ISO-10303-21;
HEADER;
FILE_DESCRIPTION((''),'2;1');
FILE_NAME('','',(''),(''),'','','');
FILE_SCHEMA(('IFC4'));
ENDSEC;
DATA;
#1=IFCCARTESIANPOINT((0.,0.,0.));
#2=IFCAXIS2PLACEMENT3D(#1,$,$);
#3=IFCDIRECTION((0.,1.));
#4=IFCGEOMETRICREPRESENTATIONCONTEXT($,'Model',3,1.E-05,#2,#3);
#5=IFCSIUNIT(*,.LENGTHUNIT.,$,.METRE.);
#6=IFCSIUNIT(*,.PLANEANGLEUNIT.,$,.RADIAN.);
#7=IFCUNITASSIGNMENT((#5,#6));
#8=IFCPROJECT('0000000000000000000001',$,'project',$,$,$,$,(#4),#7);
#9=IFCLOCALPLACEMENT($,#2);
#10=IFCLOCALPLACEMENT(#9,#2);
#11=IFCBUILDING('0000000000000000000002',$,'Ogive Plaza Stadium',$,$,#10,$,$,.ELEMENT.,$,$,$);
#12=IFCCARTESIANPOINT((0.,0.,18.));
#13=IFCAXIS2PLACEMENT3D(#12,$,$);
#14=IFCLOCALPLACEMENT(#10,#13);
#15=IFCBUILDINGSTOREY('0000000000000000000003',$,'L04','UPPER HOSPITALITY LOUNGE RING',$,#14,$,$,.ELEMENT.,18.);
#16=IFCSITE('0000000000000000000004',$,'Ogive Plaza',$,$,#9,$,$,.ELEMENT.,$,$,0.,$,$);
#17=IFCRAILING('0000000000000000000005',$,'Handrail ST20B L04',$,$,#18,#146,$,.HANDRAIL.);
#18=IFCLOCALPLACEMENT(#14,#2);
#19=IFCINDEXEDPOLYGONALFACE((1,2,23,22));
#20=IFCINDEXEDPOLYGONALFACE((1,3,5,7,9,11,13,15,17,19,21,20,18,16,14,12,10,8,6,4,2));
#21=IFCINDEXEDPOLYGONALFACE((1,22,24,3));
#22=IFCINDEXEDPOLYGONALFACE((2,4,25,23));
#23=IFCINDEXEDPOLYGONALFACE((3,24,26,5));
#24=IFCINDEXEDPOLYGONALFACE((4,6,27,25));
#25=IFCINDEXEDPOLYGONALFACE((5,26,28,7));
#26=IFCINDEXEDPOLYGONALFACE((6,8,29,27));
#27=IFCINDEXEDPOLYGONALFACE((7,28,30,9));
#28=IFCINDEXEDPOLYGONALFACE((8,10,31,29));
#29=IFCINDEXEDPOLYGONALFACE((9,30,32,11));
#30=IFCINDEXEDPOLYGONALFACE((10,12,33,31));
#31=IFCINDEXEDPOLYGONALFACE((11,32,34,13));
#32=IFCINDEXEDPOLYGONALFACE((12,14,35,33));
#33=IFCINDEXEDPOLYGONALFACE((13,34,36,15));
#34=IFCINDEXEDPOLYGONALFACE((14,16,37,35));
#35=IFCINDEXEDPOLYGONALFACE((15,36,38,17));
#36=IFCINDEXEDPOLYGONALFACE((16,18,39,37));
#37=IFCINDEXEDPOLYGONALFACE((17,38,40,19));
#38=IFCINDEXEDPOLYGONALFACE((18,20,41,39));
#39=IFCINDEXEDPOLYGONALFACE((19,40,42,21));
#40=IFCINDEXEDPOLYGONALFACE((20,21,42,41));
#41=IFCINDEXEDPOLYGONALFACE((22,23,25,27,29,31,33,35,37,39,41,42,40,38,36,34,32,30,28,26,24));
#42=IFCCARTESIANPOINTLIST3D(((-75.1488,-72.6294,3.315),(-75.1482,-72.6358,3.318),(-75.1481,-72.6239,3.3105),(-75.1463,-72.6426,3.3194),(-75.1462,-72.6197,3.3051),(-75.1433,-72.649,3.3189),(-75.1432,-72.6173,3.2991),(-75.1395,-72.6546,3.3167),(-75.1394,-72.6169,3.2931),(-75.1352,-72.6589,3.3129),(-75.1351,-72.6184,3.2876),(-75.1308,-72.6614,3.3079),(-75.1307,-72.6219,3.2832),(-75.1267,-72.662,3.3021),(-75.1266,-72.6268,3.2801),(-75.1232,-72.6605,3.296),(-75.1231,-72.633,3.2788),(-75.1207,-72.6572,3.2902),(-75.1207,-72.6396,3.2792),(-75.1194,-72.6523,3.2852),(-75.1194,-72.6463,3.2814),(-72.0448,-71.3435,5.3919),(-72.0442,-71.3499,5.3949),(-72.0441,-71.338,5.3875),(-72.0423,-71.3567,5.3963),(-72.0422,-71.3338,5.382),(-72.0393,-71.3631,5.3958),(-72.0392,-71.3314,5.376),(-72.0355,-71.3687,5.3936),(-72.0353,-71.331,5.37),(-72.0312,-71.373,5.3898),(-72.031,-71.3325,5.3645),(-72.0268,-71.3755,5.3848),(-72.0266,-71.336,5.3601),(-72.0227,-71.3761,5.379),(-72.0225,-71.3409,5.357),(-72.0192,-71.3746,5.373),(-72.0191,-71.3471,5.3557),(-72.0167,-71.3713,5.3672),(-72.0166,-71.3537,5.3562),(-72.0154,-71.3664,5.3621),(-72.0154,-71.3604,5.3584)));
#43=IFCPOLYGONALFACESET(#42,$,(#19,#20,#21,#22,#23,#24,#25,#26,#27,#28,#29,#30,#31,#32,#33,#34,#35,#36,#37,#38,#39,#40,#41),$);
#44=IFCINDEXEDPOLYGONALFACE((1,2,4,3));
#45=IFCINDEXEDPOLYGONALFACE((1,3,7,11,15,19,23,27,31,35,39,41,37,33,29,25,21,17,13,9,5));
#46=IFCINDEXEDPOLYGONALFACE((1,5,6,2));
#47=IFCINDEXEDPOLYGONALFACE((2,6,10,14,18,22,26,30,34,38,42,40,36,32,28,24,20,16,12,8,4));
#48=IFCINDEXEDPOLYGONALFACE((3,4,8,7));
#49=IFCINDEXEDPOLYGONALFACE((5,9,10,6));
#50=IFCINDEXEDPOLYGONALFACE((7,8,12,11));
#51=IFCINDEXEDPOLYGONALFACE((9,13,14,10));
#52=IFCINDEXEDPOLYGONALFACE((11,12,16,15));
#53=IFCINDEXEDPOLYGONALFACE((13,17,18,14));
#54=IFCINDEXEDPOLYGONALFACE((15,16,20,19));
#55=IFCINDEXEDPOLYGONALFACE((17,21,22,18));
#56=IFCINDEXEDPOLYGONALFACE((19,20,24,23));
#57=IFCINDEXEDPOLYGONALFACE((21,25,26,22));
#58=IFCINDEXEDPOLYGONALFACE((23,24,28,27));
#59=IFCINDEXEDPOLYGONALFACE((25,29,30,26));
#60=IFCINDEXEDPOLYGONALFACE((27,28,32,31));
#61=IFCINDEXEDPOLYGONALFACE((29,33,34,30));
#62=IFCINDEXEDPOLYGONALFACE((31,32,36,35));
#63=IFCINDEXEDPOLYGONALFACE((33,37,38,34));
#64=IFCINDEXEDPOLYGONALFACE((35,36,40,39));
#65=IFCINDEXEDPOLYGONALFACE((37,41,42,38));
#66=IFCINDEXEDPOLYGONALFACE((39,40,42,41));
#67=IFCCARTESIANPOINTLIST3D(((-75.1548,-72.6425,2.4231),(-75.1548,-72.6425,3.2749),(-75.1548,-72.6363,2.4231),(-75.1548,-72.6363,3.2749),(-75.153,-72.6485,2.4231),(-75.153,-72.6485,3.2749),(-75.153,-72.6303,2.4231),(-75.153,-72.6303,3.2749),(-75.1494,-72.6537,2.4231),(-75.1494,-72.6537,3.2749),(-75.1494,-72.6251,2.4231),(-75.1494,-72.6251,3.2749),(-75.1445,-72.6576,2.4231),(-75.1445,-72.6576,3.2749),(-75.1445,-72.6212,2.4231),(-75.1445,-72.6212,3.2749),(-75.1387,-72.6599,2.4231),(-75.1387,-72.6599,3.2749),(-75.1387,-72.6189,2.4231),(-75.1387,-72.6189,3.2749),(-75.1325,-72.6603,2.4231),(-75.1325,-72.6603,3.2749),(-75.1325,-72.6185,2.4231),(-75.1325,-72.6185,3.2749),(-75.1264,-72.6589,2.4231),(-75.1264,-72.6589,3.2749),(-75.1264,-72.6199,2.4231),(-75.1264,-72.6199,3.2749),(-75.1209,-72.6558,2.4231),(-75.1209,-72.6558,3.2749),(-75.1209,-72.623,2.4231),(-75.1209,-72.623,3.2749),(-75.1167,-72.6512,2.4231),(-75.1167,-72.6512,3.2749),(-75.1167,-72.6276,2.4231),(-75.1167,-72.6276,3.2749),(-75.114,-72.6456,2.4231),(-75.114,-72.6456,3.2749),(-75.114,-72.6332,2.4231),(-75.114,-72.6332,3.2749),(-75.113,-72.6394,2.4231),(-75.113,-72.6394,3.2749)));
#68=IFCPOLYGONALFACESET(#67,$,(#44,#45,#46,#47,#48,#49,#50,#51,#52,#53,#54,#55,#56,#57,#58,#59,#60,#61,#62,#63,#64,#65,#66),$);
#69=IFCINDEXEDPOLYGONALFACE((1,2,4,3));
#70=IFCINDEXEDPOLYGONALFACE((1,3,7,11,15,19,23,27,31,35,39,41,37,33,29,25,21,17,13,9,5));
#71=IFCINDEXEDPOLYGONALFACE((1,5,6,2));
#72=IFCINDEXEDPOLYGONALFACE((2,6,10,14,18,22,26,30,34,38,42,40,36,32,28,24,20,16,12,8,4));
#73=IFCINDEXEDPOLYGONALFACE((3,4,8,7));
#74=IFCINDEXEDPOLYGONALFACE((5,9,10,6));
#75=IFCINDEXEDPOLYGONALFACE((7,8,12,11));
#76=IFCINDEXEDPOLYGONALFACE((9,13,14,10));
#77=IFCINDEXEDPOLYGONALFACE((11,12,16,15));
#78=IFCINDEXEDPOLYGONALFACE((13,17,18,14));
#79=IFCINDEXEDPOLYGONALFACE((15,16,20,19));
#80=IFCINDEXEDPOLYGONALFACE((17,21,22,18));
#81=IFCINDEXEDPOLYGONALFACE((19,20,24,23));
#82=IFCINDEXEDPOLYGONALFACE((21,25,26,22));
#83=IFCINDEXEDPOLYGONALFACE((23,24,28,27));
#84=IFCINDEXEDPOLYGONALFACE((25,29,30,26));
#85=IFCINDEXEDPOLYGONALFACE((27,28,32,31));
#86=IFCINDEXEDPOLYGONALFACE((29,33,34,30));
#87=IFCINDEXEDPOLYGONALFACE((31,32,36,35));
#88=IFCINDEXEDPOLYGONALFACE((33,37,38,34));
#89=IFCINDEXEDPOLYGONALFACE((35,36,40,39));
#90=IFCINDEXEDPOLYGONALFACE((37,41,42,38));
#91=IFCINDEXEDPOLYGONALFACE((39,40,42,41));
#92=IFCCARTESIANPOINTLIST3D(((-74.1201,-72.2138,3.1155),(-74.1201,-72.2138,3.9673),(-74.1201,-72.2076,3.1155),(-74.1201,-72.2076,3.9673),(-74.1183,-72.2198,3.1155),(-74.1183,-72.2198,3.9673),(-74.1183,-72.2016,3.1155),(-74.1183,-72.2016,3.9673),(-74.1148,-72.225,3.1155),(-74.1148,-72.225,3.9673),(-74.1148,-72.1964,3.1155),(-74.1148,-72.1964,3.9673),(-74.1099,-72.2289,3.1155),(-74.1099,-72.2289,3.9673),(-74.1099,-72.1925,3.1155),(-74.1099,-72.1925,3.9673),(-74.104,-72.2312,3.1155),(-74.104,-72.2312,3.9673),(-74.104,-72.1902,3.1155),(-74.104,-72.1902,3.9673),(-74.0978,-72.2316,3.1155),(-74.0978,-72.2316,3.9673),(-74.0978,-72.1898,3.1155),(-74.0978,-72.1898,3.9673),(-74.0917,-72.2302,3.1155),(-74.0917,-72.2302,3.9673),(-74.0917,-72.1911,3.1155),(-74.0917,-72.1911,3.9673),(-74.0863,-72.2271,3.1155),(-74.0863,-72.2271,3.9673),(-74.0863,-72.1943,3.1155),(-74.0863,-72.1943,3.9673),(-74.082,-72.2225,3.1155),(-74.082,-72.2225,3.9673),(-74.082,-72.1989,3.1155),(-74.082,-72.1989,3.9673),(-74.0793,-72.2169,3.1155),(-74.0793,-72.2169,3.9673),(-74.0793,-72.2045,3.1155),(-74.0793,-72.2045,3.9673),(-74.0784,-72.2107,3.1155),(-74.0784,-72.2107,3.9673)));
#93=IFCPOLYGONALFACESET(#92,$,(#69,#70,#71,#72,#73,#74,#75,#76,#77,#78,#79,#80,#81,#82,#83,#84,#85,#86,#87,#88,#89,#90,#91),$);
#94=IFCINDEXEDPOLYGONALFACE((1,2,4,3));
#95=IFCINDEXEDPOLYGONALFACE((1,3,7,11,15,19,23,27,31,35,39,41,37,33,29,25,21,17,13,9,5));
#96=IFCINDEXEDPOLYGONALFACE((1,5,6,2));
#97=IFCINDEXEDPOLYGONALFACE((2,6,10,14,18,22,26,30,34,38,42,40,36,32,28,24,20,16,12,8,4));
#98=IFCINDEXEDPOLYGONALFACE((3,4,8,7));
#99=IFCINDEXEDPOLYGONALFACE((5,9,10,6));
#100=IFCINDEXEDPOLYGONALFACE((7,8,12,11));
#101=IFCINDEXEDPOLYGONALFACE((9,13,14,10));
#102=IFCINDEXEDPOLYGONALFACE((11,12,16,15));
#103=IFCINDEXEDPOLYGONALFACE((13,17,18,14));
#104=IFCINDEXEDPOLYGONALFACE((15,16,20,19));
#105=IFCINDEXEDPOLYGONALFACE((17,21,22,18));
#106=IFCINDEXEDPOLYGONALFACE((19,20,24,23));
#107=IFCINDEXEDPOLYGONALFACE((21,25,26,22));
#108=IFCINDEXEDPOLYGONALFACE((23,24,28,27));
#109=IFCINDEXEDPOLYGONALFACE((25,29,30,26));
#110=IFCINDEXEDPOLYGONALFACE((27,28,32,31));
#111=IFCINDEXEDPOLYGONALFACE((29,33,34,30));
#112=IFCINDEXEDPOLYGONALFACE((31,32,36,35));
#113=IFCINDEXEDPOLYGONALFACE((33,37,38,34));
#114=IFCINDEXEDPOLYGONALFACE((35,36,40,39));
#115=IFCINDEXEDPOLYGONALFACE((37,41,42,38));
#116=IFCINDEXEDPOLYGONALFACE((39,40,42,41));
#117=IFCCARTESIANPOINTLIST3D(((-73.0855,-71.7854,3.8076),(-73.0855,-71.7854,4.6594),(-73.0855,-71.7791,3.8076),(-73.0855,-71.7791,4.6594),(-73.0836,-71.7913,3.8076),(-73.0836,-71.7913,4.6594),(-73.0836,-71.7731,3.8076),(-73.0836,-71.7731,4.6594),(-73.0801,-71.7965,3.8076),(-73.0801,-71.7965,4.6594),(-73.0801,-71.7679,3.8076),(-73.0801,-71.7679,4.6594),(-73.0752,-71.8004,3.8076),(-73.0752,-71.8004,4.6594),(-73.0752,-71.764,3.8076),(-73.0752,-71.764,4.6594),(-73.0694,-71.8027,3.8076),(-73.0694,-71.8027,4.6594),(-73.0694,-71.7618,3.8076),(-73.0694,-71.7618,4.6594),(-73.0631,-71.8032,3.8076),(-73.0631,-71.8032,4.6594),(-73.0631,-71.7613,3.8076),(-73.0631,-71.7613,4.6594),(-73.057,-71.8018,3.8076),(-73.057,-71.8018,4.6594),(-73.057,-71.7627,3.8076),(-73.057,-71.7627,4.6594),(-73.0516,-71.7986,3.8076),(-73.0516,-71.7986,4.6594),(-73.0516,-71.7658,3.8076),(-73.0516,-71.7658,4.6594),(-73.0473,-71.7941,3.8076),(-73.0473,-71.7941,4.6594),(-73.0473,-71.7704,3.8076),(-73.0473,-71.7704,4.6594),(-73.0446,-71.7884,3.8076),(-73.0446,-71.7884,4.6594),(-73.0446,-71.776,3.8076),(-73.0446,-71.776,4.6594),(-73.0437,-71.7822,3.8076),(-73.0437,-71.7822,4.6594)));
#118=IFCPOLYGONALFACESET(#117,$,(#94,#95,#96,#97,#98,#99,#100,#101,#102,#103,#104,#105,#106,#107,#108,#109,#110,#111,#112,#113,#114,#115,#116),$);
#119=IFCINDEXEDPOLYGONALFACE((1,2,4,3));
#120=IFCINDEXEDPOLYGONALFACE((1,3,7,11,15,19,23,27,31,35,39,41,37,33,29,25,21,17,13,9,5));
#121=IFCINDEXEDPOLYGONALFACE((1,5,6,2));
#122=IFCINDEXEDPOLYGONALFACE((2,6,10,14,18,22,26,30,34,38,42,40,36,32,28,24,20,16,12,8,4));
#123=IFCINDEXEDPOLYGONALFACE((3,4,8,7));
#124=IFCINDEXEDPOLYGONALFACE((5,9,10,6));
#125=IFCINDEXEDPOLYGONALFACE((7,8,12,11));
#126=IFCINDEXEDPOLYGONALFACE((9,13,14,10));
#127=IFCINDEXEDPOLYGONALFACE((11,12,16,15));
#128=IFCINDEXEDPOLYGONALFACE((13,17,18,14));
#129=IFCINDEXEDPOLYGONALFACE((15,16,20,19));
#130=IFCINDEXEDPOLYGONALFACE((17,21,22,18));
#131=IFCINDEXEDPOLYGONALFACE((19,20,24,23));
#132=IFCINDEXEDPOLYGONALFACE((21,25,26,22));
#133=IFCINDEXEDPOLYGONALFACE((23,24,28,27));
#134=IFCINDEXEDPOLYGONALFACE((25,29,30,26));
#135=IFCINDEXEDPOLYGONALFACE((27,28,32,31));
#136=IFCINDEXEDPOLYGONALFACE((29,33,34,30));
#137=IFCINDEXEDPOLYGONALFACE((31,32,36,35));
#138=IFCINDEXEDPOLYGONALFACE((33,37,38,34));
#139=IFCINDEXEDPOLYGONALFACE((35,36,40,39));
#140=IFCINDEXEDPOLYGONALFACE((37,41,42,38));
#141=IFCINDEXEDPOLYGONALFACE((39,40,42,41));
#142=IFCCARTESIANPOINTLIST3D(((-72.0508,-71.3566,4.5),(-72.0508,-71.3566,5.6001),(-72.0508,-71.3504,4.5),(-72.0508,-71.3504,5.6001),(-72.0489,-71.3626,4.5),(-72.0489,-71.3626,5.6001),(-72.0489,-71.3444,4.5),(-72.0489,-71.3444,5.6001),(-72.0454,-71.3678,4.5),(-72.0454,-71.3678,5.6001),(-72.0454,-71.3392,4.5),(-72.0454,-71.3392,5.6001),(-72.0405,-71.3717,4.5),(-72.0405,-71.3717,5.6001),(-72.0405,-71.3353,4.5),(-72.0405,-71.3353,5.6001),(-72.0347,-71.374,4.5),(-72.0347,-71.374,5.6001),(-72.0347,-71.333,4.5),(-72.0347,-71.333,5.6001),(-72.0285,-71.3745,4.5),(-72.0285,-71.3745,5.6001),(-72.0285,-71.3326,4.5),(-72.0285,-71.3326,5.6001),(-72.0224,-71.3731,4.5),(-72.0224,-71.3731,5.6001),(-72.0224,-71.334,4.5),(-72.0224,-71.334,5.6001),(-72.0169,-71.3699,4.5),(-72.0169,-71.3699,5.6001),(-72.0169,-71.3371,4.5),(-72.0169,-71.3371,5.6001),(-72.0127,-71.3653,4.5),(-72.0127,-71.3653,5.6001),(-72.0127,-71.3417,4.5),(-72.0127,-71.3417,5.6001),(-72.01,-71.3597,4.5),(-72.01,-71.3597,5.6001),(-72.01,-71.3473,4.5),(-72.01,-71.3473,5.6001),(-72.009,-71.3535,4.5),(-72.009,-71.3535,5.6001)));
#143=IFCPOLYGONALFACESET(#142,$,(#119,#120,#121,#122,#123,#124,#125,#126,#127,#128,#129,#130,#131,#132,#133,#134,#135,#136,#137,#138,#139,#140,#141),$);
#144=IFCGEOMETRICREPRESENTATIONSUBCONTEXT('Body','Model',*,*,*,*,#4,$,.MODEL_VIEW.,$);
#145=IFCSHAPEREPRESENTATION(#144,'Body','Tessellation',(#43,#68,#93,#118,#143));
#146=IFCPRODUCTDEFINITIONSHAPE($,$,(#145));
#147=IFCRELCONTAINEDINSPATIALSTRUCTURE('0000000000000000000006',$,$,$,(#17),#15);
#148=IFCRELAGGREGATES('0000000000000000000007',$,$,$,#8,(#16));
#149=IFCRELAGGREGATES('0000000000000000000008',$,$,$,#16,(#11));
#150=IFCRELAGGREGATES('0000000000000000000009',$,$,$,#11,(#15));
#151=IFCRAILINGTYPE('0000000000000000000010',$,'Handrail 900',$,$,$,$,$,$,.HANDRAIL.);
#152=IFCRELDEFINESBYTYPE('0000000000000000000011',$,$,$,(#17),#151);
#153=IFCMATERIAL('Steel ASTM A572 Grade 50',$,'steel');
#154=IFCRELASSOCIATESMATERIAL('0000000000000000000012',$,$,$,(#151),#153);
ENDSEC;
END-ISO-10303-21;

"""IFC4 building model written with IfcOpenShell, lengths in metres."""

from ifc_helpers import new_model, si_unit, direction, frame, origin, origin_2d, place, context, subcontext, project, spatial, circle, extrude, material, type_object, element, save


model = new_model("IFC4")

# Units and contexts
model_context = context("Model", 3, precision=1e-05, world=origin(), true_north=direction((0.0, 1.0)))
body_context = subcontext(model_context, "Body", "Model", "MODEL_VIEW")
ifc_project = project(units=[si_unit("LENGTHUNIT", "METRE"), si_unit("PLANEANGLEUNIT", "RADIAN")], contexts=[model_context])

# Site, building, storey
site_placement = place(None, origin())
site = spatial("IfcSite", under=ifc_project, at=site_placement, Name="Ogive Plaza", CompositionType="ELEMENT", RefElevation=0.0)
building_placement = place(site_placement, origin())
building = spatial("IfcBuilding", under=site, at=building_placement, Name="Ogive Plaza Stadium", CompositionType="ELEMENT")
storey_placement = place(building_placement, frame((0.0, 0.0, 18.0)))
storey = spatial("IfcBuildingStorey", under=building, at=storey_placement, Name="L04", Description="UPPER HOSPITALITY LOUNGE RING", CompositionType="ELEMENT", Elevation=18.0)

# Railing
ifc_material_1 = material(Name="Steel ASTM A572 Grade 50", Category="steel")
railing_type_1 = type_object("IfcRailingType", Name="Handrail 900", PredefinedType="HANDRAIL", material=ifc_material_1)
railing_1_placement = place(storey_placement, frame((-75.134, -72.6394, 2.4231)))
element("IfcRailing", 1, at=railing_1_placement, inside=storey, type_object=railing_type_1, Name="Handrail ST20B L04", PredefinedType="HANDRAIL", context=body_context, shape_type="SweptSolid", body=[
    extrude(circle(Radius=0.0239, at=origin_2d()), frame((0.0, 0.0, 0.876), z_axis=(0.785839, 0.325548, 0.525809), x_axis=(-0.382726, 0.923862, 0.0)), (0.0, 0.0, 1.0), 3.95),
    extrude(circle(Radius=0.021, at=origin_2d()), origin(), (0.0, 0.0, 1.0), 0.8518),
    extrude(circle(Radius=0.021, at=origin_2d()), frame((1.0347, 0.4287, 0.6924)), (0.0, 0.0, 1.0), 0.8518),
    extrude(circle(Radius=0.021, at=origin_2d()), frame((2.0693, 0.8572, 1.3845)), (0.0, 0.0, 1.0), 0.8518),
    extrude(circle(Radius=0.021, at=origin_2d()), frame((3.104, 1.2859, 2.0769)), (0.0, 0.0, 1.0), 1.1001),
])

save(model, "model.ifc")
